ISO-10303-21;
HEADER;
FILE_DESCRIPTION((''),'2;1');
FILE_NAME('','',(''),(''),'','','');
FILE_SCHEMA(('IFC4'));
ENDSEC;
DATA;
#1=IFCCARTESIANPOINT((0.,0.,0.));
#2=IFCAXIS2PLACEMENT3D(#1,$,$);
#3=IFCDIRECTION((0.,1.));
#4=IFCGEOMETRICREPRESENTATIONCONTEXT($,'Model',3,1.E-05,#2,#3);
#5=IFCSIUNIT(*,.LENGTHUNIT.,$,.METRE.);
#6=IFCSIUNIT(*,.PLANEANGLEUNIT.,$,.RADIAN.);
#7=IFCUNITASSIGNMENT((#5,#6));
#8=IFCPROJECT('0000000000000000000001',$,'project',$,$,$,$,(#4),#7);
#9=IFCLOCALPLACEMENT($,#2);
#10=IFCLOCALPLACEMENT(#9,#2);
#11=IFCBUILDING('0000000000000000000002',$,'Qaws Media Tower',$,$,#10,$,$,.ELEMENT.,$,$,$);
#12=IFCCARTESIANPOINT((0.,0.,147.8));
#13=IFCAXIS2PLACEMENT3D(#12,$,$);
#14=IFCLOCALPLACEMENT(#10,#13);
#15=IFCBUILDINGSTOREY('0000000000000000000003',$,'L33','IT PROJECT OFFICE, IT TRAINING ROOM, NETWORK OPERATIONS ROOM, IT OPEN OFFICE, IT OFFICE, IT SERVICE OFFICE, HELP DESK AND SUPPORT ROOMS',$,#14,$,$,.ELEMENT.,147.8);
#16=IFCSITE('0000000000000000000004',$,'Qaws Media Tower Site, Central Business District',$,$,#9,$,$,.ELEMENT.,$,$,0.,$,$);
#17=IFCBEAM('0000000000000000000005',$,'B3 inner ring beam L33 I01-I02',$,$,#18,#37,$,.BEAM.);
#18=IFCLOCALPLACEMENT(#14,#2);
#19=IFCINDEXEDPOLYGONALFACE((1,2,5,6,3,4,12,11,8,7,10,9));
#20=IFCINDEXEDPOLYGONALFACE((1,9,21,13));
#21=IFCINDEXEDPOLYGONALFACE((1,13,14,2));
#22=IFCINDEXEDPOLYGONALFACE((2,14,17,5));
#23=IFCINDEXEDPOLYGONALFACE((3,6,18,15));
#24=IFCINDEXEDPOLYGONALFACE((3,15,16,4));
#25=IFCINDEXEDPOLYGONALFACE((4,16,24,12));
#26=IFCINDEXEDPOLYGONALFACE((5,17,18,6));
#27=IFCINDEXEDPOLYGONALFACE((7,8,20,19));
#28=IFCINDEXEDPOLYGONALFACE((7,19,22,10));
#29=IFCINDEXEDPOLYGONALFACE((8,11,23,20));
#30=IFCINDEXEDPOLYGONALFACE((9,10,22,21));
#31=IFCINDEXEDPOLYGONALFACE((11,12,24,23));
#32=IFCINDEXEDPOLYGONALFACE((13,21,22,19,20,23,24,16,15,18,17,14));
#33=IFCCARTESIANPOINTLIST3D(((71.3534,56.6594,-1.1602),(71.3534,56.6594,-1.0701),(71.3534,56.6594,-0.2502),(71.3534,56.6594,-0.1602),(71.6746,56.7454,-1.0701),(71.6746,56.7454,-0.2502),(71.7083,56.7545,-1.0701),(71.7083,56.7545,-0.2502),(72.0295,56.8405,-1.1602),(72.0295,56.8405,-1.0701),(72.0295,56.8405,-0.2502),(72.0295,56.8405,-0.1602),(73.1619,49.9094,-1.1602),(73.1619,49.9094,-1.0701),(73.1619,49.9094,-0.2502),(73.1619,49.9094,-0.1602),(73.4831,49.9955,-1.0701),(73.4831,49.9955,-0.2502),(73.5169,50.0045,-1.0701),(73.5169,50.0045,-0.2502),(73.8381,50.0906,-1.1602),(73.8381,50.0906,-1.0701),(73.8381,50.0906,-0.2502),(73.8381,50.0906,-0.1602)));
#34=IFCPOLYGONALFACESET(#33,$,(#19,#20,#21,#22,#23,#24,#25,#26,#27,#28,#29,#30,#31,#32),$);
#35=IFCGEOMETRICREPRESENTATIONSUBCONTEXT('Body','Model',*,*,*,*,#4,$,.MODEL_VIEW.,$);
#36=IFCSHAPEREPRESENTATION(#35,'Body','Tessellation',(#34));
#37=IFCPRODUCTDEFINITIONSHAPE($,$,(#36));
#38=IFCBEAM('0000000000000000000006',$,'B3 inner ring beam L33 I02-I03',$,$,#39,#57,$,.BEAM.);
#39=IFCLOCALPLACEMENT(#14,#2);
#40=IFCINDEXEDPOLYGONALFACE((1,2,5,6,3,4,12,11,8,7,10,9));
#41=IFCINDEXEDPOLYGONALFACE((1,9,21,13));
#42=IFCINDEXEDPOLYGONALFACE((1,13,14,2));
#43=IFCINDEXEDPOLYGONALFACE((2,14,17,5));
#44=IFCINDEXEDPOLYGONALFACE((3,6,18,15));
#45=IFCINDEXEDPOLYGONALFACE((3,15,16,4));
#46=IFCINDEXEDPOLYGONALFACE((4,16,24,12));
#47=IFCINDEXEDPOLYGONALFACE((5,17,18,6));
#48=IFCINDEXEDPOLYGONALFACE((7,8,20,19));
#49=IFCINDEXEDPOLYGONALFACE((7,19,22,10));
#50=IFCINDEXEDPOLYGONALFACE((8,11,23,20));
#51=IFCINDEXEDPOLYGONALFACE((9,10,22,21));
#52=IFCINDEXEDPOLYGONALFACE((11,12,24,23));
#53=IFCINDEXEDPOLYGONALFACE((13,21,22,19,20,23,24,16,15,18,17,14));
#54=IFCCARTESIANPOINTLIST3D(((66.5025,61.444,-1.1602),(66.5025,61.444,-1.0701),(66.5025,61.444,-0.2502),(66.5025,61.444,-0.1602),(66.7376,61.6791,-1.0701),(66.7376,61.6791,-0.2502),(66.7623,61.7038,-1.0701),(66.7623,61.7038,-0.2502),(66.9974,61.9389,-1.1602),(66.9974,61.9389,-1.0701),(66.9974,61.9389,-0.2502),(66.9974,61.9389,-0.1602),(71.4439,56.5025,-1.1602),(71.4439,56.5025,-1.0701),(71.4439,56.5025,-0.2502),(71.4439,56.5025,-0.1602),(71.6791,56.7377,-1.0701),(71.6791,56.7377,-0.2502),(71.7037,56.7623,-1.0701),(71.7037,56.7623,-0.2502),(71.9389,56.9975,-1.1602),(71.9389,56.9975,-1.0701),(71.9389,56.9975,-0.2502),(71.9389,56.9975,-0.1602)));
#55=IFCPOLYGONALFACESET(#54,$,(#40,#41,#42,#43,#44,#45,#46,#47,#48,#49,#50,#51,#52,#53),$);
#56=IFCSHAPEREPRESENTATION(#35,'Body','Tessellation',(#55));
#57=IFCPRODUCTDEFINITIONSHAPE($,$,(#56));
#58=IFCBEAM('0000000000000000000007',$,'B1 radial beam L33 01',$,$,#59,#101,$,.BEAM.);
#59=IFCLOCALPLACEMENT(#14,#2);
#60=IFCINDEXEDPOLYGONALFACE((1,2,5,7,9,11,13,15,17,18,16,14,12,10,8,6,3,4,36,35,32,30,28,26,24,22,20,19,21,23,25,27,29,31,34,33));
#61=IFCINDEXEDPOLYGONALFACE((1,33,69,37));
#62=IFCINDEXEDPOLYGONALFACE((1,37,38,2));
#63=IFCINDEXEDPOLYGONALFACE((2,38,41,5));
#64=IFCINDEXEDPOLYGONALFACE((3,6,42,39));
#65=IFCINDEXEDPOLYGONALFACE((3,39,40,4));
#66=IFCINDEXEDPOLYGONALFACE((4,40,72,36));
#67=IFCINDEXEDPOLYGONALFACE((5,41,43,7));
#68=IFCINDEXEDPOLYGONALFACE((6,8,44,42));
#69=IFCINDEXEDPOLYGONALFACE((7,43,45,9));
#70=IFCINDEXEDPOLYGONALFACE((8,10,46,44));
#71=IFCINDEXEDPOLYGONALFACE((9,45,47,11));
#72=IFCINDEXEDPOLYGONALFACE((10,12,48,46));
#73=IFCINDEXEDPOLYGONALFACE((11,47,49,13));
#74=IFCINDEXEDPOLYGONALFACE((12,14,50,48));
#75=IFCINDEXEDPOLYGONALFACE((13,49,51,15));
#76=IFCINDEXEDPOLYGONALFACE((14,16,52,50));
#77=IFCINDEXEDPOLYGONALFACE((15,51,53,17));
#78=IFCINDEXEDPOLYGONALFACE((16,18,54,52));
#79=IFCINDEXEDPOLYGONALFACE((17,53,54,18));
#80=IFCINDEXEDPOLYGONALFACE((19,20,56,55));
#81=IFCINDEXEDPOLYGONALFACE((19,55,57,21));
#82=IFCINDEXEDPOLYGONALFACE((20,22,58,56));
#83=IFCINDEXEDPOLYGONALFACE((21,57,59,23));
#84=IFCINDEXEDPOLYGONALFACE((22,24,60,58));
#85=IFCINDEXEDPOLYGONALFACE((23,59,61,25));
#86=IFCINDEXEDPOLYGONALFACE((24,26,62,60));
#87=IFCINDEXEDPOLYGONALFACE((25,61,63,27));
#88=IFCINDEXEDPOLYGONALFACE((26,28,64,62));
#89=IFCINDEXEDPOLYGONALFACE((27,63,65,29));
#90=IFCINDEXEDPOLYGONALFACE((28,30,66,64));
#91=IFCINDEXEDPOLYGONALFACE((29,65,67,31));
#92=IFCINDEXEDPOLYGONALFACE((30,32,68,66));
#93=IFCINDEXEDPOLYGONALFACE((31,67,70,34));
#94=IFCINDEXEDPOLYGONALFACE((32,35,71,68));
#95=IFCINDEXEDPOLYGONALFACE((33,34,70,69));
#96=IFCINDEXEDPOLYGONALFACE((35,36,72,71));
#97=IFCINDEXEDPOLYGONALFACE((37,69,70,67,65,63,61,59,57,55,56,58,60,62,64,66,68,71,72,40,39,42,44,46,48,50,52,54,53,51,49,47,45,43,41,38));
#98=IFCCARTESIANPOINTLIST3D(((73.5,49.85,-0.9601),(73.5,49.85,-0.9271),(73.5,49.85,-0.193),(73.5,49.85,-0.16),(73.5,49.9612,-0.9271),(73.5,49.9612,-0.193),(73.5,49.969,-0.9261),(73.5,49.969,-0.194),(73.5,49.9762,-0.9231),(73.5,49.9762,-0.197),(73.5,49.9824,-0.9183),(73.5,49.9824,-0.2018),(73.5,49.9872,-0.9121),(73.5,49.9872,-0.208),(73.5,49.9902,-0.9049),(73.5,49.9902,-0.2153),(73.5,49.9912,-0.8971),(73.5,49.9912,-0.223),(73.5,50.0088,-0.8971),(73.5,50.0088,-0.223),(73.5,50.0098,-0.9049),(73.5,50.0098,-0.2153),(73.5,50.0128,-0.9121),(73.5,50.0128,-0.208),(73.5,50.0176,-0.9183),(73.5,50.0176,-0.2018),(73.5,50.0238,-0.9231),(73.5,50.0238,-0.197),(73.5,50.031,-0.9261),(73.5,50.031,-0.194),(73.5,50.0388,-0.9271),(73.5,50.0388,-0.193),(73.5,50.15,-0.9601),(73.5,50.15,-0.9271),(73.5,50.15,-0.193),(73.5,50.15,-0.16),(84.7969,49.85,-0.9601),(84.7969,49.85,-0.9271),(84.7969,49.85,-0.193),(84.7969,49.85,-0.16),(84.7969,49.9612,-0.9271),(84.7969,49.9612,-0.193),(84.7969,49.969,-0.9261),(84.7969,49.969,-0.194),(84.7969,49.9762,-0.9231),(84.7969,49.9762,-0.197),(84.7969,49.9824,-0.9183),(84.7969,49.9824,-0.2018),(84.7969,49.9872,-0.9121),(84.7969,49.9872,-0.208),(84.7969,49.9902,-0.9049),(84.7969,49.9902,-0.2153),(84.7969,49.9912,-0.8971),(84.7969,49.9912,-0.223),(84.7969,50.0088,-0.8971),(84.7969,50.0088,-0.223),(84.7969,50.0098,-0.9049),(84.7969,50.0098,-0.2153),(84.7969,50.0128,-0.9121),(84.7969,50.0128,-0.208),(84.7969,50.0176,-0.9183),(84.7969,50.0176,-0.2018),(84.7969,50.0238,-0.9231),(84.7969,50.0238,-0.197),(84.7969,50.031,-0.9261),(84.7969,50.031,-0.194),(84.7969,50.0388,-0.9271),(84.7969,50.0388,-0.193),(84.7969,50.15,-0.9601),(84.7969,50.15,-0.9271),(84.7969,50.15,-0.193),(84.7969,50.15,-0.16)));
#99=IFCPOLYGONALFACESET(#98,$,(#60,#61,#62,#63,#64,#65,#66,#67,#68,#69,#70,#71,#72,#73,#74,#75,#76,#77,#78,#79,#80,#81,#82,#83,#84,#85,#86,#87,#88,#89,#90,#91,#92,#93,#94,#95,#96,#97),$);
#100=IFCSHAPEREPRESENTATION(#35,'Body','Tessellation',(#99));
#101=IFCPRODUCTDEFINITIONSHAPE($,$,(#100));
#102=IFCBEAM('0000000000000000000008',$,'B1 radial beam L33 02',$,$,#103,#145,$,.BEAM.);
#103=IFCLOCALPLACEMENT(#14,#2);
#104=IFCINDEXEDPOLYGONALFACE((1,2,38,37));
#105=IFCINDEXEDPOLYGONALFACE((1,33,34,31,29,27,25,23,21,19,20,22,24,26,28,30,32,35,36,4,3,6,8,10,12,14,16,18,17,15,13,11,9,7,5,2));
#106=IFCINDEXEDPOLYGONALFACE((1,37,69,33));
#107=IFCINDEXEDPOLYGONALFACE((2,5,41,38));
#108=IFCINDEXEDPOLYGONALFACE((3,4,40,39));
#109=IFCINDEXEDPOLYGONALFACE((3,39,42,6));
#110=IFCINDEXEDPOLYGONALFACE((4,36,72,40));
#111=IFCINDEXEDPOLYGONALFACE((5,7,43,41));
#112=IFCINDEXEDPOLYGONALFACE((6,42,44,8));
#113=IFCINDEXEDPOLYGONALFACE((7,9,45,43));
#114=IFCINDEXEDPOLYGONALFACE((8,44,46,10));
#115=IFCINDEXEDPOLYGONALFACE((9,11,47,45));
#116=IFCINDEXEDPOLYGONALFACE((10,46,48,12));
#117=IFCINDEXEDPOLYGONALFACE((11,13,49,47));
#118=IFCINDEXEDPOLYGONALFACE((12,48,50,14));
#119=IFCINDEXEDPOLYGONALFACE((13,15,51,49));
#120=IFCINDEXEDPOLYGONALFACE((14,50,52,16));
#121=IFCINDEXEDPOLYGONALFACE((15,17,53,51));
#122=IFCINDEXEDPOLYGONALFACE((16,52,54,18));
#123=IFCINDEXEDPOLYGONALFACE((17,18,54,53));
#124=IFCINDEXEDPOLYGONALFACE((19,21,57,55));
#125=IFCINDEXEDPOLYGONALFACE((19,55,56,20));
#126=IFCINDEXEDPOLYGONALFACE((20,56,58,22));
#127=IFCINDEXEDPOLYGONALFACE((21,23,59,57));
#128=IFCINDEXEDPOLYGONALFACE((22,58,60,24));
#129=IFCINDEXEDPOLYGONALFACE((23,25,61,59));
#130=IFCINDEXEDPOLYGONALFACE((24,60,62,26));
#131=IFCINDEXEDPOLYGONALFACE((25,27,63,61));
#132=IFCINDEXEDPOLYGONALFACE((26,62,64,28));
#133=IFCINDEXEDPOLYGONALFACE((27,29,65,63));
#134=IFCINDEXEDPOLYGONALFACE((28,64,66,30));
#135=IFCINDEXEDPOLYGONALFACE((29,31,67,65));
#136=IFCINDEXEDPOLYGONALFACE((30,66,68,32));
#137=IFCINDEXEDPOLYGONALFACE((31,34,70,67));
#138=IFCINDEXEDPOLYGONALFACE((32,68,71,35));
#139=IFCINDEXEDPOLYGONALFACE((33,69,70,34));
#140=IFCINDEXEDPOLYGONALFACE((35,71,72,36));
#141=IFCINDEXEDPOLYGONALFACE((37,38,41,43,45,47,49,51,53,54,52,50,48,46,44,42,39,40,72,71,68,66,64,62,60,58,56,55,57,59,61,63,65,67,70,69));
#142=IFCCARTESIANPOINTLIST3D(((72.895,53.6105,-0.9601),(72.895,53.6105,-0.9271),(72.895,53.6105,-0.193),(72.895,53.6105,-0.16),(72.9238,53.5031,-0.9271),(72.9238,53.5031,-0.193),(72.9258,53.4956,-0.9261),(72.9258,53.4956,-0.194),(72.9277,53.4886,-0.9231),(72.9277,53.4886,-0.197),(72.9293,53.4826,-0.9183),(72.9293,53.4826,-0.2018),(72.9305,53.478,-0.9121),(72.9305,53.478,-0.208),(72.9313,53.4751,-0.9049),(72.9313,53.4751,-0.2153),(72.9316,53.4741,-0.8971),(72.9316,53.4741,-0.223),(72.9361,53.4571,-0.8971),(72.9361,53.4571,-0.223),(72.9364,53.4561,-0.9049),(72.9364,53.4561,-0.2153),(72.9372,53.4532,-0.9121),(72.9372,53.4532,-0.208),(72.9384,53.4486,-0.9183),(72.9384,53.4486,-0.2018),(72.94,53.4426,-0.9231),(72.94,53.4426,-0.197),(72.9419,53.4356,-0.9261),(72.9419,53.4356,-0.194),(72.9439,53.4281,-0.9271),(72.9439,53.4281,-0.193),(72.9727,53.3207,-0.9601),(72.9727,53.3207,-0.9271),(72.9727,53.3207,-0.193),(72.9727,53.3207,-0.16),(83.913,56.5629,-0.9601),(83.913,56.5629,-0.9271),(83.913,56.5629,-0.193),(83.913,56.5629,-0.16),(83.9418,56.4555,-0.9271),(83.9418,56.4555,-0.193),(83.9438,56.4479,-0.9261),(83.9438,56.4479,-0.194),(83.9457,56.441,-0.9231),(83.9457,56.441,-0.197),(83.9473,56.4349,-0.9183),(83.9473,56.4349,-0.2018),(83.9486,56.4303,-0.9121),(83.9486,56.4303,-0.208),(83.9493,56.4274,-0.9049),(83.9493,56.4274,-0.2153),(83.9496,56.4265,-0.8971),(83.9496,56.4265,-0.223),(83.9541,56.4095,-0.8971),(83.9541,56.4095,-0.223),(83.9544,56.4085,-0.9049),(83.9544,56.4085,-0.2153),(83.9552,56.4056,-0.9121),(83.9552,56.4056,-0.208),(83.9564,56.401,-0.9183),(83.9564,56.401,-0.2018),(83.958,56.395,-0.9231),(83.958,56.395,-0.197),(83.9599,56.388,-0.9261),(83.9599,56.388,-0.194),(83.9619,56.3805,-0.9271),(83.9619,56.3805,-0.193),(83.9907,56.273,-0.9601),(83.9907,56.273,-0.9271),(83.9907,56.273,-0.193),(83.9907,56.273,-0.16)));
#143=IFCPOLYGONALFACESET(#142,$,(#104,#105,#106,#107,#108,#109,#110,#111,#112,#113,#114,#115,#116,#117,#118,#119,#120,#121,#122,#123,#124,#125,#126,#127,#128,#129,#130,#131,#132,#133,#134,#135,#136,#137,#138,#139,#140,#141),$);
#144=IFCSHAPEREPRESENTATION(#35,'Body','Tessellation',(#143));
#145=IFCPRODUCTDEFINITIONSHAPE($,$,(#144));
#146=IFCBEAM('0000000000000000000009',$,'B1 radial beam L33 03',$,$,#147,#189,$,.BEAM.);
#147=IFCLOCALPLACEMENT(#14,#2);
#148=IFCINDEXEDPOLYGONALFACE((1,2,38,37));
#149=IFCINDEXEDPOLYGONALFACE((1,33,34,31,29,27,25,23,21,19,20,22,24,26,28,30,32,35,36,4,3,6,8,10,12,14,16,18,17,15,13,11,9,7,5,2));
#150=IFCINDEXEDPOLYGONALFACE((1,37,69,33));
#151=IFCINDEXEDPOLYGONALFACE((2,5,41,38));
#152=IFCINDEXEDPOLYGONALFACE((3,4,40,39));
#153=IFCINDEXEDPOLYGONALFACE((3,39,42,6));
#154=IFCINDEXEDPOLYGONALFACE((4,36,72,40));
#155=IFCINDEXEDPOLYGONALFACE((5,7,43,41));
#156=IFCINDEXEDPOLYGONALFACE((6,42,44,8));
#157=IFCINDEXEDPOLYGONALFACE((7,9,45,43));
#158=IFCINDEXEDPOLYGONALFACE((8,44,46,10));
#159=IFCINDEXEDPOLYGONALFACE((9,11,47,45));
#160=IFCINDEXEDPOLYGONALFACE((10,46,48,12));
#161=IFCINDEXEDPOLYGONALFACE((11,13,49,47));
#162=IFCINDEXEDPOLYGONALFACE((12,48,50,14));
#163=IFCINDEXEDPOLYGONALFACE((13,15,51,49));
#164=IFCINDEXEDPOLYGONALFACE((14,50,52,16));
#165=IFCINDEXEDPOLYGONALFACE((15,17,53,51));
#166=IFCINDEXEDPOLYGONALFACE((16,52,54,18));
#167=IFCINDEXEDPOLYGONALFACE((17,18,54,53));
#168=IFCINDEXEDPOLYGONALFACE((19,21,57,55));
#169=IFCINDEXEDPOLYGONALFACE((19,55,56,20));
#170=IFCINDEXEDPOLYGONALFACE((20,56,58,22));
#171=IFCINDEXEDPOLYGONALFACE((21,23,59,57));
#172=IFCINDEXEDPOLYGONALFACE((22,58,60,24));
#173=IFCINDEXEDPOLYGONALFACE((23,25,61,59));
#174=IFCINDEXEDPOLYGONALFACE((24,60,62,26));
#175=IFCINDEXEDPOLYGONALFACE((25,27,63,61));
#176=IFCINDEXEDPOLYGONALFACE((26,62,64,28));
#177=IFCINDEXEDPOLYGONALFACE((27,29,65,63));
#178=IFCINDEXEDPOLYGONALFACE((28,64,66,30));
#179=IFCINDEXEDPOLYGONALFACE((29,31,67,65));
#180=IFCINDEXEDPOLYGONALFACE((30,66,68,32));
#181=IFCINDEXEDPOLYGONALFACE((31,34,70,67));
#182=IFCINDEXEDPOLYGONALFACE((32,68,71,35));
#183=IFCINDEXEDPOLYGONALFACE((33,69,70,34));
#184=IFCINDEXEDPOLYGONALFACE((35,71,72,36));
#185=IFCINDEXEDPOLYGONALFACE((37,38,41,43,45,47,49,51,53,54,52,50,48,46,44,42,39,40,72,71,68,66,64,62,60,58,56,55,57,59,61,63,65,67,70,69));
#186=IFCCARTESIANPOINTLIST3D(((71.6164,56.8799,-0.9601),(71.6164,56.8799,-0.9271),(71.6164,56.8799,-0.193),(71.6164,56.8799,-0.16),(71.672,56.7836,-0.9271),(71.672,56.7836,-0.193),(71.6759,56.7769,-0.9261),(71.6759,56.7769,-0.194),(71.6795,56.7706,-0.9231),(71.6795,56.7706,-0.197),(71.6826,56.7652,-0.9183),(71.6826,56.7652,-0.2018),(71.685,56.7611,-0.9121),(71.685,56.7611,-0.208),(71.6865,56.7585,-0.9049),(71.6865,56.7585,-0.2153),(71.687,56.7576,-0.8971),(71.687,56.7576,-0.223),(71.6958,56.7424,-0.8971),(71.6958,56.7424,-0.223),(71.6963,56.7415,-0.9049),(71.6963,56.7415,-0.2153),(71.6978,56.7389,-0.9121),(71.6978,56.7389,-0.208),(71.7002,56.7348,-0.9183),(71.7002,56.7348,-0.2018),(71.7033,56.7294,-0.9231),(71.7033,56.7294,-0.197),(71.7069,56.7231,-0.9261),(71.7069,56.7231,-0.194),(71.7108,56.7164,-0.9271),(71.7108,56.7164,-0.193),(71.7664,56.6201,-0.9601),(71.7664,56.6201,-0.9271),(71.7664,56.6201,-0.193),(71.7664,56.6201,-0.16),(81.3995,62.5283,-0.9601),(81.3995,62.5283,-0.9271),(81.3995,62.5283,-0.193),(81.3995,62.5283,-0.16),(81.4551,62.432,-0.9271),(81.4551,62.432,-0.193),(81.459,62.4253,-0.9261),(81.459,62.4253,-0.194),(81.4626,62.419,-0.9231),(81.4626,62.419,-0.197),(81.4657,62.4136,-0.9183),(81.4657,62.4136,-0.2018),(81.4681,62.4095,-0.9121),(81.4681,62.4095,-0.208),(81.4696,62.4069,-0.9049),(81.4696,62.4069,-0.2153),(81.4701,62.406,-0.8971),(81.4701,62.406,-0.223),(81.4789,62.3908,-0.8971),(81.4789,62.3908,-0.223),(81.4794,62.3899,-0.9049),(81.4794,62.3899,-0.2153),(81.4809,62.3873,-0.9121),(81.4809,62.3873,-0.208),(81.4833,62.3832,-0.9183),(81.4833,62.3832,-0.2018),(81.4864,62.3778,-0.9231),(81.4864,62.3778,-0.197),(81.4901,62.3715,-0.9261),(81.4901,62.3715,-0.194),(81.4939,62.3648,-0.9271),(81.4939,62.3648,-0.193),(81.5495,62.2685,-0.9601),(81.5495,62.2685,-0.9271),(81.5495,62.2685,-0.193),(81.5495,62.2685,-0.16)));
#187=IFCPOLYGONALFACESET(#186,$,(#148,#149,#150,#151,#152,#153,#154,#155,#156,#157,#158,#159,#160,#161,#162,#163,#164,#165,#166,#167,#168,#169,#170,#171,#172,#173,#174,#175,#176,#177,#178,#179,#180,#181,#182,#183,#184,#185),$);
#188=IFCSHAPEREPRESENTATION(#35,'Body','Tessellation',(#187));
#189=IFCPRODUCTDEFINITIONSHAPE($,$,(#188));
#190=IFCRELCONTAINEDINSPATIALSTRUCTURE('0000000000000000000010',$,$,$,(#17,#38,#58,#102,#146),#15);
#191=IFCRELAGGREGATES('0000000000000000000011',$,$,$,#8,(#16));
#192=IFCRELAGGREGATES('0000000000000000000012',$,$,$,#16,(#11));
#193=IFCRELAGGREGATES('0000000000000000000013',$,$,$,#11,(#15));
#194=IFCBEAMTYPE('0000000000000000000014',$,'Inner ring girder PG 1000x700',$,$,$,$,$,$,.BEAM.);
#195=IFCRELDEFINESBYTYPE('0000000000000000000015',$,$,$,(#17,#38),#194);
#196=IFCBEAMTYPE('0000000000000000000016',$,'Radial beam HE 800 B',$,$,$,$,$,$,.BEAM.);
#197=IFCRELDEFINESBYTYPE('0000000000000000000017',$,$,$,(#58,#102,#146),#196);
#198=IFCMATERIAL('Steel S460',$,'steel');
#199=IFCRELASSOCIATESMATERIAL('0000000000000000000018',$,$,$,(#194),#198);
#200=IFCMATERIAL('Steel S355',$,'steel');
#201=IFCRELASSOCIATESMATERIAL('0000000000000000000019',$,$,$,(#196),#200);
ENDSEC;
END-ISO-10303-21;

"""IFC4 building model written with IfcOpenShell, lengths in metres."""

from ifc_helpers import new_model, si_unit, direction, frame, origin, origin_2d, place, context, subcontext, project, spatial, i_section, extrude, material, material_profile, profile_set, type_object, element, save


model = new_model("IFC4")

# Units and contexts
model_context = context("Model", 3, precision=1e-05, world=origin(), true_north=direction((0.0, 1.0)))
body_context = subcontext(model_context, "Body", "Model", "MODEL_VIEW")
ifc_project = project(units=[si_unit("LENGTHUNIT", "METRE"), si_unit("PLANEANGLEUNIT", "RADIAN")], contexts=[model_context])

# Site, building, storey
site_placement = place(None, origin())
site = spatial("IfcSite", under=ifc_project, at=site_placement, Name="Qaws Media Tower Site, Central Business District", CompositionType="ELEMENT", RefElevation=0.0)
building_placement = place(site_placement, origin())
building = spatial("IfcBuilding", under=site, at=building_placement, Name="Qaws Media Tower", CompositionType="ELEMENT")
storey_placement = place(building_placement, frame((0.0, 0.0, 147.8)))
storey = spatial("IfcBuildingStorey", under=building, at=storey_placement, Name="L33", Description="IT PROJECT OFFICE, IT TRAINING ROOM, NETWORK OPERATIONS ROOM, IT OPEN OFFICE, IT OFFICE, IT SERVICE OFFICE, HELP DESK AND SUPPORT ROOMS", CompositionType="ELEMENT", Elevation=147.8)

# Beams
ifc_material_1 = material(Name="Steel S460", Category="steel")
ifc_material_profile_1 = material_profile(ifc_material_1, i_section(OverallWidth=0.7, OverallDepth=1.0, WebThickness=0.0349, FlangeThickness=0.0901, at=origin_2d()), Name="PG 1000x700")
ifc_profile_set_1 = profile_set([ifc_material_profile_1], Name="Steel S460")
beam_type_1 = type_object("IfcBeamType", Name="Inner ring girder PG 1000x700", PredefinedType="BEAM", material=ifc_profile_set_1)
beam_1_placement = place(storey_placement, frame((73.5, 50.0, -0.6602), z_axis=(-0.258811, 0.965928, 0.0), x_axis=(-0.965928, -0.258811, 0.0)))
element("IfcBeam", 1, at=beam_1_placement, inside=storey, type_object=beam_type_1, Name="B3 inner ring beam L33 I01-I02", PredefinedType="BEAM", context=body_context, shape_type="SweptSolid", body=[
    extrude(i_section(OverallWidth=0.7, OverallDepth=1.0, WebThickness=0.0349, FlangeThickness=0.0901, at=origin_2d()), origin(), (0.0, 0.0, 1.0), 6.988),
])
beam_2_placement = place(storey_placement, frame((71.6914, 56.75, -0.6602), z_axis=(-0.707107, 0.707107, 0.0), x_axis=(-0.707107, -0.707107, 0.0)))
element("IfcBeam", 2, at=beam_2_placement, inside=storey, type_object=beam_type_1, Name="B3 inner ring beam L33 I02-I03", PredefinedType="BEAM", context=body_context, shape_type="SweptSolid", body=[
    extrude(i_section(OverallWidth=0.7, OverallDepth=1.0, WebThickness=0.0349, FlangeThickness=0.0901, at=origin_2d()), origin(), (0.0, 0.0, 1.0), 6.9883),
])
ifc_material_2 = material(Name="Steel S355", Category="steel")
ifc_material_profile_2 = material_profile(ifc_material_2, i_section(OverallWidth=0.3, OverallDepth=0.8, WebThickness=0.0176, FlangeThickness=0.033, FilletRadius=0.03, at=origin_2d()), Name="HE 800 B")
ifc_profile_set_2 = profile_set([ifc_material_profile_2], Name="Steel S355")
beam_type_2 = type_object("IfcBeamType", Name="Radial beam HE 800 B", PredefinedType="BEAM", material=ifc_profile_set_2)
beam_3_placement = place(storey_placement, frame((73.5, 50.0, -0.5601), z_axis=(1.0, 0.0, 0.0), x_axis=(0.0, 1.0, 0.0)))
element("IfcBeam", 3, at=beam_3_placement, inside=storey, type_object=beam_type_2, Name="B1 radial beam L33 01", PredefinedType="BEAM", context=body_context, shape_type="SweptSolid", body=[
    extrude(i_section(OverallWidth=0.3, OverallDepth=0.8, WebThickness=0.0176, FlangeThickness=0.033, FilletRadius=0.03, at=origin_2d()), origin(), (0.0, 0.0, 1.0), 11.2969),
])
beam_4_placement = place(storey_placement, frame((72.9338, 53.4656, -0.5601), z_axis=(0.965923, 0.258828, 0.0), x_axis=(-0.258828, 0.965923, 0.0)))
element("IfcBeam", 4, at=beam_4_placement, inside=storey, type_object=beam_type_2, Name="B1 radial beam L33 02", PredefinedType="BEAM", context=body_context, shape_type="SweptSolid", body=[
    extrude(i_section(OverallWidth=0.3, OverallDepth=0.8, WebThickness=0.0176, FlangeThickness=0.033, FilletRadius=0.03, at=origin_2d()), origin(), (0.0, 0.0, 1.0), 11.4067),
])
beam_5_placement = place(storey_placement, frame((71.6914, 56.75, -0.5601), z_axis=(0.866021, 0.500007, 0.0), x_axis=(-0.500007, 0.866021, 0.0)))
element("IfcBeam", 5, at=beam_5_placement, inside=storey, type_object=beam_type_2, Name="B1 radial beam L33 03", PredefinedType="BEAM", context=body_context, shape_type="SweptSolid", body=[
    extrude(i_section(OverallWidth=0.3, OverallDepth=0.8, WebThickness=0.0176, FlangeThickness=0.033, FilletRadius=0.03, at=origin_2d()), origin(), (0.0, 0.0, 1.0), 11.2966),
])

save(model, "model.ifc")
